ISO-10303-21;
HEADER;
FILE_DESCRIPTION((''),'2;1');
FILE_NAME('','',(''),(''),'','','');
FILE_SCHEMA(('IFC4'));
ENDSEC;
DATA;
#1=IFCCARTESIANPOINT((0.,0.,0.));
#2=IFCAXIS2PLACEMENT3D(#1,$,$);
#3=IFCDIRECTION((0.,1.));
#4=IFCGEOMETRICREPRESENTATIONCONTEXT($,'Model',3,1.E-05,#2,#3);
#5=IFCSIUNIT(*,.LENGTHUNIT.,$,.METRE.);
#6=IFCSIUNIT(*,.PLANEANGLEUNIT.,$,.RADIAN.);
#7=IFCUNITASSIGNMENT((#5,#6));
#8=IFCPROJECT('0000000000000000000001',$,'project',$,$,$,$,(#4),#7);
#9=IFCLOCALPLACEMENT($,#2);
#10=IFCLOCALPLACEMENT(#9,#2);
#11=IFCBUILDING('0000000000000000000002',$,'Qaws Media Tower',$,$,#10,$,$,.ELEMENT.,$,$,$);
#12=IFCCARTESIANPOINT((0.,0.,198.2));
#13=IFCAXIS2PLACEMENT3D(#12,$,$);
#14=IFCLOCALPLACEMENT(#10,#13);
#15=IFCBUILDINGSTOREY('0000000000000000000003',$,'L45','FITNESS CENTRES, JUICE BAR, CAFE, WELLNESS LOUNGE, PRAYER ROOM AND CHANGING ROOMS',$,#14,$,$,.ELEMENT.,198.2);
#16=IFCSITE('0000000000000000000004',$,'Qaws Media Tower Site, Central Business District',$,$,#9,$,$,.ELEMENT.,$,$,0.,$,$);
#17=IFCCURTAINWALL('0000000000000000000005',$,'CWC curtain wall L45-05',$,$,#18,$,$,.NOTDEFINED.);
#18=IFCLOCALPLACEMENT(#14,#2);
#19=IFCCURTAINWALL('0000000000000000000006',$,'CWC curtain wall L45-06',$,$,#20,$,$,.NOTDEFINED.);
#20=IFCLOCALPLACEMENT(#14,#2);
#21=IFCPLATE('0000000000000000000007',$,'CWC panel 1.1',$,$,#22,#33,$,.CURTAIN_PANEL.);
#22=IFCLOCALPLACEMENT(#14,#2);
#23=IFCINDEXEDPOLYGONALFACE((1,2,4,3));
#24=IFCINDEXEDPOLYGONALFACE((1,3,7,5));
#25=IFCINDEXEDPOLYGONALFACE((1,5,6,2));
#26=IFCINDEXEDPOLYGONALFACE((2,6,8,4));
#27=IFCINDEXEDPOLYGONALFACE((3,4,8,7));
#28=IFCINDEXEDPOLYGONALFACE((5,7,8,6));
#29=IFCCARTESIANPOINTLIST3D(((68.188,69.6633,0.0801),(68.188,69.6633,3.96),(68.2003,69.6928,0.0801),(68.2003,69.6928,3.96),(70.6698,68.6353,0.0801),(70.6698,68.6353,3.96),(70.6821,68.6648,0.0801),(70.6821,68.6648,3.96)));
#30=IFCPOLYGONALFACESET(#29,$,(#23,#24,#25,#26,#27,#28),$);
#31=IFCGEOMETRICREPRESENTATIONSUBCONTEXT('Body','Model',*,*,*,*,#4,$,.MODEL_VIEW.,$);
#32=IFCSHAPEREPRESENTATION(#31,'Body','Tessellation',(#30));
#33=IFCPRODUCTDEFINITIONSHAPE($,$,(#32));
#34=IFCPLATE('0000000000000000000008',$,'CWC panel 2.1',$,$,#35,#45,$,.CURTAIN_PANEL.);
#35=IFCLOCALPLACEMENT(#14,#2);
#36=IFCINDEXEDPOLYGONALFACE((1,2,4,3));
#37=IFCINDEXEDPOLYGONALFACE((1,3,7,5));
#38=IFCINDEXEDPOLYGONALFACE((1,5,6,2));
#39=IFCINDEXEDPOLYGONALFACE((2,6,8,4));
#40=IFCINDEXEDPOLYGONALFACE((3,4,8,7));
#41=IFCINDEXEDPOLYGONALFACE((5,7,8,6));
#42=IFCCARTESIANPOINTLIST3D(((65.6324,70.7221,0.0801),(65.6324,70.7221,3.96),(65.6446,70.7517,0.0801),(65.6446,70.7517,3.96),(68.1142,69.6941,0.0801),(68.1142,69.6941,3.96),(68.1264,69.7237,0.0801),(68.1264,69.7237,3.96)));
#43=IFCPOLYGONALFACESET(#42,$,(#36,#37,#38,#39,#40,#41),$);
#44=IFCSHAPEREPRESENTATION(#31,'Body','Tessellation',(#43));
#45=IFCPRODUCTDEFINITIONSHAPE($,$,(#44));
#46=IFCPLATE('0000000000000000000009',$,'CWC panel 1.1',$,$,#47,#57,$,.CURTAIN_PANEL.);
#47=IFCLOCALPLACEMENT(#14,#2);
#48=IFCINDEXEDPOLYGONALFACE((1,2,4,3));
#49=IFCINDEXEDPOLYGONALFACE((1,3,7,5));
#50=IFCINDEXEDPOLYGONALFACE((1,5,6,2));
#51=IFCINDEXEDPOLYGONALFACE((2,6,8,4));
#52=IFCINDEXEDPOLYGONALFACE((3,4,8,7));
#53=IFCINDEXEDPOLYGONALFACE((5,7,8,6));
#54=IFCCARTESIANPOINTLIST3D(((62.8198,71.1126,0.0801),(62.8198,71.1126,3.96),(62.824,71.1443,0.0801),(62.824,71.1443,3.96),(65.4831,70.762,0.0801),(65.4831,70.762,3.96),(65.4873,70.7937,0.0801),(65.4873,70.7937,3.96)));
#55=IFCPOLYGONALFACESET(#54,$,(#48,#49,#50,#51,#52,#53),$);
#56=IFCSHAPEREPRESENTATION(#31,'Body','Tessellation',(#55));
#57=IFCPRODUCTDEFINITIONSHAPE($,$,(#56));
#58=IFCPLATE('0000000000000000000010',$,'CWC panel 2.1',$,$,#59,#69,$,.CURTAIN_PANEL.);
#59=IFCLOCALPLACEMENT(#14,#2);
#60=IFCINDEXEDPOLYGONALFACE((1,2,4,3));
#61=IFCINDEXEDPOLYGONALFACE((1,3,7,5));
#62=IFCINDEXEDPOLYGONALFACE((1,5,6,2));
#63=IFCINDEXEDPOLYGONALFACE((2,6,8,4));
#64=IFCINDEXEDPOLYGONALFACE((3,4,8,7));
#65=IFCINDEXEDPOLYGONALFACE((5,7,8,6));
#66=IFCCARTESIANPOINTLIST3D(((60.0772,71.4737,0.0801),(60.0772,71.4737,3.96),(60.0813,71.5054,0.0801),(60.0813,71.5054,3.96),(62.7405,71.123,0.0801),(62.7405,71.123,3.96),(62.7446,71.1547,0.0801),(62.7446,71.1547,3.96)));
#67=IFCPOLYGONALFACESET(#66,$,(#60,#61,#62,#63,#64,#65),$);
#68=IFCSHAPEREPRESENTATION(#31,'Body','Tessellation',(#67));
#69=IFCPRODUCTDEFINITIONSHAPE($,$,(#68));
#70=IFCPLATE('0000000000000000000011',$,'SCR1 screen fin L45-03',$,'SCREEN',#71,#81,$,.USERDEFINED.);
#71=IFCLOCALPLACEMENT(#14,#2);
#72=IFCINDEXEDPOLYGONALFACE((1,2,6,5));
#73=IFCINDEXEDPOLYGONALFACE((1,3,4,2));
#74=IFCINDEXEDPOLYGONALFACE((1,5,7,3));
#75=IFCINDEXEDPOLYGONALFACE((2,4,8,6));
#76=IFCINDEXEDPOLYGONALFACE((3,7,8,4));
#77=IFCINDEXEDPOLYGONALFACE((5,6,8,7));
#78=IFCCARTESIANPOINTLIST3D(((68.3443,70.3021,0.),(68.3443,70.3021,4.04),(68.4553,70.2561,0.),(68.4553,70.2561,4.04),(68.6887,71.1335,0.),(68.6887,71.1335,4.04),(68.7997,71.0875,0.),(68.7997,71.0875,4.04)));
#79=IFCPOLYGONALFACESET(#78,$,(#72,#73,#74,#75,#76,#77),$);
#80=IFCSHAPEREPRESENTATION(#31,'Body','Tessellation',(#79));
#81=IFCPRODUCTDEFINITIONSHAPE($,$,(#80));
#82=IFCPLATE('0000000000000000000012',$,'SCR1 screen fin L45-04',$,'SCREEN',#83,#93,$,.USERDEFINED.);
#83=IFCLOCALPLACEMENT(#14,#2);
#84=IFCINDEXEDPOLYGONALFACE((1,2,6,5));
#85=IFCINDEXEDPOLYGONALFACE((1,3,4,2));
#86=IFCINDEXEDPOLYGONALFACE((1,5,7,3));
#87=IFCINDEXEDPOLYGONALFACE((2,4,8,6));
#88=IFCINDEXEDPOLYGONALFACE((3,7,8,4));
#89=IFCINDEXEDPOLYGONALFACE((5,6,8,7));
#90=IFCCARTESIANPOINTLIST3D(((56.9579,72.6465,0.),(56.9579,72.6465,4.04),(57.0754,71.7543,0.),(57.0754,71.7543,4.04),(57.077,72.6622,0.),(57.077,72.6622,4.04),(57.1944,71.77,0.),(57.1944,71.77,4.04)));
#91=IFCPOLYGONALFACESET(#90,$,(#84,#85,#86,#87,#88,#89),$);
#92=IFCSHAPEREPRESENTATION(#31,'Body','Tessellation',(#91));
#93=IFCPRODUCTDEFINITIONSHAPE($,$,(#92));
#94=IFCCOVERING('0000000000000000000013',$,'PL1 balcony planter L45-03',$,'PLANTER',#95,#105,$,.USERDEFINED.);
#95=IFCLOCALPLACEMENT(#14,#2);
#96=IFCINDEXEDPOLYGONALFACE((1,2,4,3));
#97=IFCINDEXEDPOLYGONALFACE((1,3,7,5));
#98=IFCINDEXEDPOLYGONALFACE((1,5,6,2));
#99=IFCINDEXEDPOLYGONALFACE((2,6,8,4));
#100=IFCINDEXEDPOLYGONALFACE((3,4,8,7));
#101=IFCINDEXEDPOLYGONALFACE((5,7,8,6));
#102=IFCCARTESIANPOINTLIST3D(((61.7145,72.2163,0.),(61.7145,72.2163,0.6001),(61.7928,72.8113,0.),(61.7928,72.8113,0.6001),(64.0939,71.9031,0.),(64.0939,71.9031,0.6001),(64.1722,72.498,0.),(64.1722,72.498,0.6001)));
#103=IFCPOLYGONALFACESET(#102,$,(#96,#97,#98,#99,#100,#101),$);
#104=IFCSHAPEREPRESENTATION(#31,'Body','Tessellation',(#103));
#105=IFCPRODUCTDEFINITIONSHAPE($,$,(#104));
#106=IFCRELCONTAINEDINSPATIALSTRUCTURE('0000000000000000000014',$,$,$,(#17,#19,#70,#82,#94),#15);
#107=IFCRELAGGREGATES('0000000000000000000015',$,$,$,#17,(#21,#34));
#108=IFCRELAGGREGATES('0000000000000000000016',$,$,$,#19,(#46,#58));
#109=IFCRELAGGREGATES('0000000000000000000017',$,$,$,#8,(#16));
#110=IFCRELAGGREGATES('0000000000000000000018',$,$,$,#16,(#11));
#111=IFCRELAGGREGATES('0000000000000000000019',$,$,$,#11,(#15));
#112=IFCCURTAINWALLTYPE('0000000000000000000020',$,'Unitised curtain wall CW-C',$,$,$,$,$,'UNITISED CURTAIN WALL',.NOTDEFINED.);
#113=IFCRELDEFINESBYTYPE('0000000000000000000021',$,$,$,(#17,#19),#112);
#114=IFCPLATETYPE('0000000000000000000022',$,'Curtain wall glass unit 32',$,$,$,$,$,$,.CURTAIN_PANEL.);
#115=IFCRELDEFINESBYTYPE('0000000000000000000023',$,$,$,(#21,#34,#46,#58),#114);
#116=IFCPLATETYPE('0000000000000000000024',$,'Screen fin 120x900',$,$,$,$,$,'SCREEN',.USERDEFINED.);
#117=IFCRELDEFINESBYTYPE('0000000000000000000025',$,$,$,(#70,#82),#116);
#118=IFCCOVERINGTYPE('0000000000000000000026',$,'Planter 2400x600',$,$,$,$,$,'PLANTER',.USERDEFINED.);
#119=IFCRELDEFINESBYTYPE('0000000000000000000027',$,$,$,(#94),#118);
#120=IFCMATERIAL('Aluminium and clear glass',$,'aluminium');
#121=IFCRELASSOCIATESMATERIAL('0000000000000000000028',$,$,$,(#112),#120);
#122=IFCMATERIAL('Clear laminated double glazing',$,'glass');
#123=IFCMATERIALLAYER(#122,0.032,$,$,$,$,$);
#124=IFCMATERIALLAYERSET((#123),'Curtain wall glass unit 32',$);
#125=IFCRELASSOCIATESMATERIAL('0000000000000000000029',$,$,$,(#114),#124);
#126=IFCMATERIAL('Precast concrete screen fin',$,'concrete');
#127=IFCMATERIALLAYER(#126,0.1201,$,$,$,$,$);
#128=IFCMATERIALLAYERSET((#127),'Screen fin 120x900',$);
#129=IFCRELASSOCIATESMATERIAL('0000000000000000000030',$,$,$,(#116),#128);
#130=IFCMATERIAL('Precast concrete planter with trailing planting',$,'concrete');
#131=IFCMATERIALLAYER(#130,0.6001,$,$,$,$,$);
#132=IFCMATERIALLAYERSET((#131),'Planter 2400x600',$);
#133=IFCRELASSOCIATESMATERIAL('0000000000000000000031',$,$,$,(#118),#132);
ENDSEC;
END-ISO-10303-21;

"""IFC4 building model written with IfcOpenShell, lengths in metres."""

from ifc_helpers import new_model, si_unit, direction, frame, origin, origin_2d, place, context, subcontext, project, spatial, rectangle, extrude, material, layer, layer_set, type_object, element, aggregate, save


model = new_model("IFC4")

# Units and contexts
model_context = context("Model", 3, precision=1e-05, world=origin(), true_north=direction((0.0, 1.0)))
body_context = subcontext(model_context, "Body", "Model", "MODEL_VIEW")
ifc_project = project(units=[si_unit("LENGTHUNIT", "METRE"), si_unit("PLANEANGLEUNIT", "RADIAN")], contexts=[model_context])

# Site, building, storey
site_placement = place(None, origin())
site = spatial("IfcSite", under=ifc_project, at=site_placement, Name="Qaws Media Tower Site, Central Business District", CompositionType="ELEMENT", RefElevation=0.0)
building_placement = place(site_placement, origin())
building = spatial("IfcBuilding", under=site, at=building_placement, Name="Qaws Media Tower", CompositionType="ELEMENT")
storey_placement = place(building_placement, frame((0.0, 0.0, 198.2)))
storey = spatial("IfcBuildingStorey", under=building, at=storey_placement, Name="L45", Description="FITNESS CENTRES, JUICE BAR, CAFE, WELLNESS LOUNGE, PRAYER ROOM AND CHANGING ROOMS", CompositionType="ELEMENT", Elevation=198.2)

# Curtain walls
ifc_material_1 = material(Name="Aluminium and clear glass", Category="aluminium")
curtain_wall_type = type_object("IfcCurtainWallType", Name="Unitised curtain wall CW-C", ElementType="UNITISED CURTAIN WALL", PredefinedType="NOTDEFINED", material=ifc_material_1)
curtain_wall_1_placement = place(storey_placement, origin())
curtain_wall_1 = element("IfcCurtainWall", 1, at=curtain_wall_1_placement, inside=storey, type_object=curtain_wall_type, Name="CWC curtain wall L45-05", PredefinedType="NOTDEFINED")
curtain_wall_2_placement = place(storey_placement, origin())
curtain_wall_2 = element("IfcCurtainWall", 2, at=curtain_wall_2_placement, inside=storey, type_object=curtain_wall_type, Name="CWC curtain wall L45-06", PredefinedType="NOTDEFINED")

# Plates
ifc_material_2 = material(Name="Clear laminated double glazing", Category="glass")
ifc_layer_1 = layer(ifc_material_2, 0.032)
ifc_layer_set_1 = layer_set([ifc_layer_1], Name="Curtain wall glass unit 32")
plate_type_1 = type_object("IfcPlateType", Name="Curtain wall glass unit 32", PredefinedType="CURTAIN_PANEL", material=ifc_layer_set_1)
plate_1_placement = place(storey_placement, frame((69.4351, 69.1641, 0.0801), z_axis=(0.0, 0.0, 1.0), x_axis=(-0.92388, 0.382683, 0.0)))
plate_1 = element("IfcPlate", 3, at=plate_1_placement, type_object=plate_type_1, Name="CWC panel 1.1", PredefinedType="CURTAIN_PANEL", context=body_context, shape_type="SweptSolid", body=[
    extrude(rectangle(XDim=2.6863, YDim=0.032, at=origin_2d()), origin(), (0.0, 0.0, 1.0), 3.8799),
])
plate_2_placement = place(storey_placement, frame((66.8794, 70.2229, 0.0801), z_axis=(0.0, 0.0, 1.0), x_axis=(-0.92388, 0.382683, 0.0)))
plate_2 = element("IfcPlate", 4, at=plate_2_placement, type_object=plate_type_1, Name="CWC panel 2.1", PredefinedType="CURTAIN_PANEL", context=body_context, shape_type="SweptSolid", body=[
    extrude(rectangle(XDim=2.6863, YDim=0.032, at=origin_2d()), origin(), (0.0, 0.0, 1.0), 3.8799),
])
aggregate(curtain_wall_1, [plate_1, plate_2])
plate_3_placement = place(storey_placement, frame((64.1536, 70.9531, 0.0801), z_axis=(0.0, 0.0, 1.0), x_axis=(-0.991445, 0.130526, 0.0)))
plate_3 = element("IfcPlate", 5, at=plate_3_placement, type_object=plate_type_1, Name="CWC panel 1.1", PredefinedType="CURTAIN_PANEL", context=body_context, shape_type="SweptSolid", body=[
    extrude(rectangle(XDim=2.6863, YDim=0.032, at=origin_2d()), origin(), (0.0, 0.0, 1.0), 3.8799),
])
plate_4_placement = place(storey_placement, frame((61.4109, 71.3142, 0.0801), z_axis=(0.0, 0.0, 1.0), x_axis=(-0.991445, 0.130526, 0.0)))
plate_4 = element("IfcPlate", 6, at=plate_4_placement, type_object=plate_type_1, Name="CWC panel 2.1", PredefinedType="CURTAIN_PANEL", context=body_context, shape_type="SweptSolid", body=[
    extrude(rectangle(XDim=2.6863, YDim=0.032, at=origin_2d()), origin(), (0.0, 0.0, 1.0), 3.8799),
])
aggregate(curtain_wall_2, [plate_3, plate_4])

# Plates
ifc_material_3 = material(Name="Precast concrete screen fin", Category="concrete")
ifc_layer_2 = layer(ifc_material_3, 0.1201)
ifc_layer_set_2 = layer_set([ifc_layer_2], Name="Screen fin 120x900")
plate_type_2 = type_object("IfcPlateType", Name="Screen fin 120x900", ElementType="SCREEN", PredefinedType="USERDEFINED", material=ifc_layer_set_2)
for number, where, z_axis, x_axis, name in (
    (7, (68.572, 70.6948, 0.0), (0.0, 0.0, 1.0), (0.382683, 0.92388, 0.0), "SCR1 screen fin L45-03"),
    (8, (57.0762, 72.2083, 0.0), (0.0, 0.0, 1.0), (-0.130526, 0.991445, 0.0), "SCR1 screen fin L45-04"),
):
    element("IfcPlate", number, at=place(storey_placement, frame(where, z_axis=z_axis, x_axis=x_axis)), inside=storey, type_object=plate_type_2, Name=name, ObjectType="SCREEN", PredefinedType="USERDEFINED", context=body_context, shape_type="SweptSolid", body=[
        extrude(rectangle(XDim=0.8999, YDim=0.1201, at=origin_2d()), origin(), (0.0, 0.0, 1.0), 4.04),
    ])

# Covering
ifc_material_4 = material(Name="Precast concrete planter with trailing planting", Category="concrete")
ifc_layer_3 = layer(ifc_material_4, 0.6001)
ifc_layer_set_3 = layer_set([ifc_layer_3], Name="Planter 2400x600")
covering_type = type_object("IfcCoveringType", Name="Planter 2400x600", ElementType="PLANTER", PredefinedType="USERDEFINED", material=ifc_layer_set_3)
covering_placement = place(storey_placement, frame((62.9434, 72.3572, 0.0), z_axis=(0.0, 0.0, 1.0), x_axis=(-0.991445, 0.130526, 0.0)))
element("IfcCovering", 9, at=covering_placement, inside=storey, type_object=covering_type, Name="PL1 balcony planter L45-03", ObjectType="PLANTER", PredefinedType="USERDEFINED", context=body_context, shape_type="SweptSolid", body=[
    extrude(rectangle(XDim=2.3999, YDim=0.6001, at=origin_2d()), origin(), (0.0, 0.0, 1.0), 0.6001),
])

save(model, "model.ifc")
